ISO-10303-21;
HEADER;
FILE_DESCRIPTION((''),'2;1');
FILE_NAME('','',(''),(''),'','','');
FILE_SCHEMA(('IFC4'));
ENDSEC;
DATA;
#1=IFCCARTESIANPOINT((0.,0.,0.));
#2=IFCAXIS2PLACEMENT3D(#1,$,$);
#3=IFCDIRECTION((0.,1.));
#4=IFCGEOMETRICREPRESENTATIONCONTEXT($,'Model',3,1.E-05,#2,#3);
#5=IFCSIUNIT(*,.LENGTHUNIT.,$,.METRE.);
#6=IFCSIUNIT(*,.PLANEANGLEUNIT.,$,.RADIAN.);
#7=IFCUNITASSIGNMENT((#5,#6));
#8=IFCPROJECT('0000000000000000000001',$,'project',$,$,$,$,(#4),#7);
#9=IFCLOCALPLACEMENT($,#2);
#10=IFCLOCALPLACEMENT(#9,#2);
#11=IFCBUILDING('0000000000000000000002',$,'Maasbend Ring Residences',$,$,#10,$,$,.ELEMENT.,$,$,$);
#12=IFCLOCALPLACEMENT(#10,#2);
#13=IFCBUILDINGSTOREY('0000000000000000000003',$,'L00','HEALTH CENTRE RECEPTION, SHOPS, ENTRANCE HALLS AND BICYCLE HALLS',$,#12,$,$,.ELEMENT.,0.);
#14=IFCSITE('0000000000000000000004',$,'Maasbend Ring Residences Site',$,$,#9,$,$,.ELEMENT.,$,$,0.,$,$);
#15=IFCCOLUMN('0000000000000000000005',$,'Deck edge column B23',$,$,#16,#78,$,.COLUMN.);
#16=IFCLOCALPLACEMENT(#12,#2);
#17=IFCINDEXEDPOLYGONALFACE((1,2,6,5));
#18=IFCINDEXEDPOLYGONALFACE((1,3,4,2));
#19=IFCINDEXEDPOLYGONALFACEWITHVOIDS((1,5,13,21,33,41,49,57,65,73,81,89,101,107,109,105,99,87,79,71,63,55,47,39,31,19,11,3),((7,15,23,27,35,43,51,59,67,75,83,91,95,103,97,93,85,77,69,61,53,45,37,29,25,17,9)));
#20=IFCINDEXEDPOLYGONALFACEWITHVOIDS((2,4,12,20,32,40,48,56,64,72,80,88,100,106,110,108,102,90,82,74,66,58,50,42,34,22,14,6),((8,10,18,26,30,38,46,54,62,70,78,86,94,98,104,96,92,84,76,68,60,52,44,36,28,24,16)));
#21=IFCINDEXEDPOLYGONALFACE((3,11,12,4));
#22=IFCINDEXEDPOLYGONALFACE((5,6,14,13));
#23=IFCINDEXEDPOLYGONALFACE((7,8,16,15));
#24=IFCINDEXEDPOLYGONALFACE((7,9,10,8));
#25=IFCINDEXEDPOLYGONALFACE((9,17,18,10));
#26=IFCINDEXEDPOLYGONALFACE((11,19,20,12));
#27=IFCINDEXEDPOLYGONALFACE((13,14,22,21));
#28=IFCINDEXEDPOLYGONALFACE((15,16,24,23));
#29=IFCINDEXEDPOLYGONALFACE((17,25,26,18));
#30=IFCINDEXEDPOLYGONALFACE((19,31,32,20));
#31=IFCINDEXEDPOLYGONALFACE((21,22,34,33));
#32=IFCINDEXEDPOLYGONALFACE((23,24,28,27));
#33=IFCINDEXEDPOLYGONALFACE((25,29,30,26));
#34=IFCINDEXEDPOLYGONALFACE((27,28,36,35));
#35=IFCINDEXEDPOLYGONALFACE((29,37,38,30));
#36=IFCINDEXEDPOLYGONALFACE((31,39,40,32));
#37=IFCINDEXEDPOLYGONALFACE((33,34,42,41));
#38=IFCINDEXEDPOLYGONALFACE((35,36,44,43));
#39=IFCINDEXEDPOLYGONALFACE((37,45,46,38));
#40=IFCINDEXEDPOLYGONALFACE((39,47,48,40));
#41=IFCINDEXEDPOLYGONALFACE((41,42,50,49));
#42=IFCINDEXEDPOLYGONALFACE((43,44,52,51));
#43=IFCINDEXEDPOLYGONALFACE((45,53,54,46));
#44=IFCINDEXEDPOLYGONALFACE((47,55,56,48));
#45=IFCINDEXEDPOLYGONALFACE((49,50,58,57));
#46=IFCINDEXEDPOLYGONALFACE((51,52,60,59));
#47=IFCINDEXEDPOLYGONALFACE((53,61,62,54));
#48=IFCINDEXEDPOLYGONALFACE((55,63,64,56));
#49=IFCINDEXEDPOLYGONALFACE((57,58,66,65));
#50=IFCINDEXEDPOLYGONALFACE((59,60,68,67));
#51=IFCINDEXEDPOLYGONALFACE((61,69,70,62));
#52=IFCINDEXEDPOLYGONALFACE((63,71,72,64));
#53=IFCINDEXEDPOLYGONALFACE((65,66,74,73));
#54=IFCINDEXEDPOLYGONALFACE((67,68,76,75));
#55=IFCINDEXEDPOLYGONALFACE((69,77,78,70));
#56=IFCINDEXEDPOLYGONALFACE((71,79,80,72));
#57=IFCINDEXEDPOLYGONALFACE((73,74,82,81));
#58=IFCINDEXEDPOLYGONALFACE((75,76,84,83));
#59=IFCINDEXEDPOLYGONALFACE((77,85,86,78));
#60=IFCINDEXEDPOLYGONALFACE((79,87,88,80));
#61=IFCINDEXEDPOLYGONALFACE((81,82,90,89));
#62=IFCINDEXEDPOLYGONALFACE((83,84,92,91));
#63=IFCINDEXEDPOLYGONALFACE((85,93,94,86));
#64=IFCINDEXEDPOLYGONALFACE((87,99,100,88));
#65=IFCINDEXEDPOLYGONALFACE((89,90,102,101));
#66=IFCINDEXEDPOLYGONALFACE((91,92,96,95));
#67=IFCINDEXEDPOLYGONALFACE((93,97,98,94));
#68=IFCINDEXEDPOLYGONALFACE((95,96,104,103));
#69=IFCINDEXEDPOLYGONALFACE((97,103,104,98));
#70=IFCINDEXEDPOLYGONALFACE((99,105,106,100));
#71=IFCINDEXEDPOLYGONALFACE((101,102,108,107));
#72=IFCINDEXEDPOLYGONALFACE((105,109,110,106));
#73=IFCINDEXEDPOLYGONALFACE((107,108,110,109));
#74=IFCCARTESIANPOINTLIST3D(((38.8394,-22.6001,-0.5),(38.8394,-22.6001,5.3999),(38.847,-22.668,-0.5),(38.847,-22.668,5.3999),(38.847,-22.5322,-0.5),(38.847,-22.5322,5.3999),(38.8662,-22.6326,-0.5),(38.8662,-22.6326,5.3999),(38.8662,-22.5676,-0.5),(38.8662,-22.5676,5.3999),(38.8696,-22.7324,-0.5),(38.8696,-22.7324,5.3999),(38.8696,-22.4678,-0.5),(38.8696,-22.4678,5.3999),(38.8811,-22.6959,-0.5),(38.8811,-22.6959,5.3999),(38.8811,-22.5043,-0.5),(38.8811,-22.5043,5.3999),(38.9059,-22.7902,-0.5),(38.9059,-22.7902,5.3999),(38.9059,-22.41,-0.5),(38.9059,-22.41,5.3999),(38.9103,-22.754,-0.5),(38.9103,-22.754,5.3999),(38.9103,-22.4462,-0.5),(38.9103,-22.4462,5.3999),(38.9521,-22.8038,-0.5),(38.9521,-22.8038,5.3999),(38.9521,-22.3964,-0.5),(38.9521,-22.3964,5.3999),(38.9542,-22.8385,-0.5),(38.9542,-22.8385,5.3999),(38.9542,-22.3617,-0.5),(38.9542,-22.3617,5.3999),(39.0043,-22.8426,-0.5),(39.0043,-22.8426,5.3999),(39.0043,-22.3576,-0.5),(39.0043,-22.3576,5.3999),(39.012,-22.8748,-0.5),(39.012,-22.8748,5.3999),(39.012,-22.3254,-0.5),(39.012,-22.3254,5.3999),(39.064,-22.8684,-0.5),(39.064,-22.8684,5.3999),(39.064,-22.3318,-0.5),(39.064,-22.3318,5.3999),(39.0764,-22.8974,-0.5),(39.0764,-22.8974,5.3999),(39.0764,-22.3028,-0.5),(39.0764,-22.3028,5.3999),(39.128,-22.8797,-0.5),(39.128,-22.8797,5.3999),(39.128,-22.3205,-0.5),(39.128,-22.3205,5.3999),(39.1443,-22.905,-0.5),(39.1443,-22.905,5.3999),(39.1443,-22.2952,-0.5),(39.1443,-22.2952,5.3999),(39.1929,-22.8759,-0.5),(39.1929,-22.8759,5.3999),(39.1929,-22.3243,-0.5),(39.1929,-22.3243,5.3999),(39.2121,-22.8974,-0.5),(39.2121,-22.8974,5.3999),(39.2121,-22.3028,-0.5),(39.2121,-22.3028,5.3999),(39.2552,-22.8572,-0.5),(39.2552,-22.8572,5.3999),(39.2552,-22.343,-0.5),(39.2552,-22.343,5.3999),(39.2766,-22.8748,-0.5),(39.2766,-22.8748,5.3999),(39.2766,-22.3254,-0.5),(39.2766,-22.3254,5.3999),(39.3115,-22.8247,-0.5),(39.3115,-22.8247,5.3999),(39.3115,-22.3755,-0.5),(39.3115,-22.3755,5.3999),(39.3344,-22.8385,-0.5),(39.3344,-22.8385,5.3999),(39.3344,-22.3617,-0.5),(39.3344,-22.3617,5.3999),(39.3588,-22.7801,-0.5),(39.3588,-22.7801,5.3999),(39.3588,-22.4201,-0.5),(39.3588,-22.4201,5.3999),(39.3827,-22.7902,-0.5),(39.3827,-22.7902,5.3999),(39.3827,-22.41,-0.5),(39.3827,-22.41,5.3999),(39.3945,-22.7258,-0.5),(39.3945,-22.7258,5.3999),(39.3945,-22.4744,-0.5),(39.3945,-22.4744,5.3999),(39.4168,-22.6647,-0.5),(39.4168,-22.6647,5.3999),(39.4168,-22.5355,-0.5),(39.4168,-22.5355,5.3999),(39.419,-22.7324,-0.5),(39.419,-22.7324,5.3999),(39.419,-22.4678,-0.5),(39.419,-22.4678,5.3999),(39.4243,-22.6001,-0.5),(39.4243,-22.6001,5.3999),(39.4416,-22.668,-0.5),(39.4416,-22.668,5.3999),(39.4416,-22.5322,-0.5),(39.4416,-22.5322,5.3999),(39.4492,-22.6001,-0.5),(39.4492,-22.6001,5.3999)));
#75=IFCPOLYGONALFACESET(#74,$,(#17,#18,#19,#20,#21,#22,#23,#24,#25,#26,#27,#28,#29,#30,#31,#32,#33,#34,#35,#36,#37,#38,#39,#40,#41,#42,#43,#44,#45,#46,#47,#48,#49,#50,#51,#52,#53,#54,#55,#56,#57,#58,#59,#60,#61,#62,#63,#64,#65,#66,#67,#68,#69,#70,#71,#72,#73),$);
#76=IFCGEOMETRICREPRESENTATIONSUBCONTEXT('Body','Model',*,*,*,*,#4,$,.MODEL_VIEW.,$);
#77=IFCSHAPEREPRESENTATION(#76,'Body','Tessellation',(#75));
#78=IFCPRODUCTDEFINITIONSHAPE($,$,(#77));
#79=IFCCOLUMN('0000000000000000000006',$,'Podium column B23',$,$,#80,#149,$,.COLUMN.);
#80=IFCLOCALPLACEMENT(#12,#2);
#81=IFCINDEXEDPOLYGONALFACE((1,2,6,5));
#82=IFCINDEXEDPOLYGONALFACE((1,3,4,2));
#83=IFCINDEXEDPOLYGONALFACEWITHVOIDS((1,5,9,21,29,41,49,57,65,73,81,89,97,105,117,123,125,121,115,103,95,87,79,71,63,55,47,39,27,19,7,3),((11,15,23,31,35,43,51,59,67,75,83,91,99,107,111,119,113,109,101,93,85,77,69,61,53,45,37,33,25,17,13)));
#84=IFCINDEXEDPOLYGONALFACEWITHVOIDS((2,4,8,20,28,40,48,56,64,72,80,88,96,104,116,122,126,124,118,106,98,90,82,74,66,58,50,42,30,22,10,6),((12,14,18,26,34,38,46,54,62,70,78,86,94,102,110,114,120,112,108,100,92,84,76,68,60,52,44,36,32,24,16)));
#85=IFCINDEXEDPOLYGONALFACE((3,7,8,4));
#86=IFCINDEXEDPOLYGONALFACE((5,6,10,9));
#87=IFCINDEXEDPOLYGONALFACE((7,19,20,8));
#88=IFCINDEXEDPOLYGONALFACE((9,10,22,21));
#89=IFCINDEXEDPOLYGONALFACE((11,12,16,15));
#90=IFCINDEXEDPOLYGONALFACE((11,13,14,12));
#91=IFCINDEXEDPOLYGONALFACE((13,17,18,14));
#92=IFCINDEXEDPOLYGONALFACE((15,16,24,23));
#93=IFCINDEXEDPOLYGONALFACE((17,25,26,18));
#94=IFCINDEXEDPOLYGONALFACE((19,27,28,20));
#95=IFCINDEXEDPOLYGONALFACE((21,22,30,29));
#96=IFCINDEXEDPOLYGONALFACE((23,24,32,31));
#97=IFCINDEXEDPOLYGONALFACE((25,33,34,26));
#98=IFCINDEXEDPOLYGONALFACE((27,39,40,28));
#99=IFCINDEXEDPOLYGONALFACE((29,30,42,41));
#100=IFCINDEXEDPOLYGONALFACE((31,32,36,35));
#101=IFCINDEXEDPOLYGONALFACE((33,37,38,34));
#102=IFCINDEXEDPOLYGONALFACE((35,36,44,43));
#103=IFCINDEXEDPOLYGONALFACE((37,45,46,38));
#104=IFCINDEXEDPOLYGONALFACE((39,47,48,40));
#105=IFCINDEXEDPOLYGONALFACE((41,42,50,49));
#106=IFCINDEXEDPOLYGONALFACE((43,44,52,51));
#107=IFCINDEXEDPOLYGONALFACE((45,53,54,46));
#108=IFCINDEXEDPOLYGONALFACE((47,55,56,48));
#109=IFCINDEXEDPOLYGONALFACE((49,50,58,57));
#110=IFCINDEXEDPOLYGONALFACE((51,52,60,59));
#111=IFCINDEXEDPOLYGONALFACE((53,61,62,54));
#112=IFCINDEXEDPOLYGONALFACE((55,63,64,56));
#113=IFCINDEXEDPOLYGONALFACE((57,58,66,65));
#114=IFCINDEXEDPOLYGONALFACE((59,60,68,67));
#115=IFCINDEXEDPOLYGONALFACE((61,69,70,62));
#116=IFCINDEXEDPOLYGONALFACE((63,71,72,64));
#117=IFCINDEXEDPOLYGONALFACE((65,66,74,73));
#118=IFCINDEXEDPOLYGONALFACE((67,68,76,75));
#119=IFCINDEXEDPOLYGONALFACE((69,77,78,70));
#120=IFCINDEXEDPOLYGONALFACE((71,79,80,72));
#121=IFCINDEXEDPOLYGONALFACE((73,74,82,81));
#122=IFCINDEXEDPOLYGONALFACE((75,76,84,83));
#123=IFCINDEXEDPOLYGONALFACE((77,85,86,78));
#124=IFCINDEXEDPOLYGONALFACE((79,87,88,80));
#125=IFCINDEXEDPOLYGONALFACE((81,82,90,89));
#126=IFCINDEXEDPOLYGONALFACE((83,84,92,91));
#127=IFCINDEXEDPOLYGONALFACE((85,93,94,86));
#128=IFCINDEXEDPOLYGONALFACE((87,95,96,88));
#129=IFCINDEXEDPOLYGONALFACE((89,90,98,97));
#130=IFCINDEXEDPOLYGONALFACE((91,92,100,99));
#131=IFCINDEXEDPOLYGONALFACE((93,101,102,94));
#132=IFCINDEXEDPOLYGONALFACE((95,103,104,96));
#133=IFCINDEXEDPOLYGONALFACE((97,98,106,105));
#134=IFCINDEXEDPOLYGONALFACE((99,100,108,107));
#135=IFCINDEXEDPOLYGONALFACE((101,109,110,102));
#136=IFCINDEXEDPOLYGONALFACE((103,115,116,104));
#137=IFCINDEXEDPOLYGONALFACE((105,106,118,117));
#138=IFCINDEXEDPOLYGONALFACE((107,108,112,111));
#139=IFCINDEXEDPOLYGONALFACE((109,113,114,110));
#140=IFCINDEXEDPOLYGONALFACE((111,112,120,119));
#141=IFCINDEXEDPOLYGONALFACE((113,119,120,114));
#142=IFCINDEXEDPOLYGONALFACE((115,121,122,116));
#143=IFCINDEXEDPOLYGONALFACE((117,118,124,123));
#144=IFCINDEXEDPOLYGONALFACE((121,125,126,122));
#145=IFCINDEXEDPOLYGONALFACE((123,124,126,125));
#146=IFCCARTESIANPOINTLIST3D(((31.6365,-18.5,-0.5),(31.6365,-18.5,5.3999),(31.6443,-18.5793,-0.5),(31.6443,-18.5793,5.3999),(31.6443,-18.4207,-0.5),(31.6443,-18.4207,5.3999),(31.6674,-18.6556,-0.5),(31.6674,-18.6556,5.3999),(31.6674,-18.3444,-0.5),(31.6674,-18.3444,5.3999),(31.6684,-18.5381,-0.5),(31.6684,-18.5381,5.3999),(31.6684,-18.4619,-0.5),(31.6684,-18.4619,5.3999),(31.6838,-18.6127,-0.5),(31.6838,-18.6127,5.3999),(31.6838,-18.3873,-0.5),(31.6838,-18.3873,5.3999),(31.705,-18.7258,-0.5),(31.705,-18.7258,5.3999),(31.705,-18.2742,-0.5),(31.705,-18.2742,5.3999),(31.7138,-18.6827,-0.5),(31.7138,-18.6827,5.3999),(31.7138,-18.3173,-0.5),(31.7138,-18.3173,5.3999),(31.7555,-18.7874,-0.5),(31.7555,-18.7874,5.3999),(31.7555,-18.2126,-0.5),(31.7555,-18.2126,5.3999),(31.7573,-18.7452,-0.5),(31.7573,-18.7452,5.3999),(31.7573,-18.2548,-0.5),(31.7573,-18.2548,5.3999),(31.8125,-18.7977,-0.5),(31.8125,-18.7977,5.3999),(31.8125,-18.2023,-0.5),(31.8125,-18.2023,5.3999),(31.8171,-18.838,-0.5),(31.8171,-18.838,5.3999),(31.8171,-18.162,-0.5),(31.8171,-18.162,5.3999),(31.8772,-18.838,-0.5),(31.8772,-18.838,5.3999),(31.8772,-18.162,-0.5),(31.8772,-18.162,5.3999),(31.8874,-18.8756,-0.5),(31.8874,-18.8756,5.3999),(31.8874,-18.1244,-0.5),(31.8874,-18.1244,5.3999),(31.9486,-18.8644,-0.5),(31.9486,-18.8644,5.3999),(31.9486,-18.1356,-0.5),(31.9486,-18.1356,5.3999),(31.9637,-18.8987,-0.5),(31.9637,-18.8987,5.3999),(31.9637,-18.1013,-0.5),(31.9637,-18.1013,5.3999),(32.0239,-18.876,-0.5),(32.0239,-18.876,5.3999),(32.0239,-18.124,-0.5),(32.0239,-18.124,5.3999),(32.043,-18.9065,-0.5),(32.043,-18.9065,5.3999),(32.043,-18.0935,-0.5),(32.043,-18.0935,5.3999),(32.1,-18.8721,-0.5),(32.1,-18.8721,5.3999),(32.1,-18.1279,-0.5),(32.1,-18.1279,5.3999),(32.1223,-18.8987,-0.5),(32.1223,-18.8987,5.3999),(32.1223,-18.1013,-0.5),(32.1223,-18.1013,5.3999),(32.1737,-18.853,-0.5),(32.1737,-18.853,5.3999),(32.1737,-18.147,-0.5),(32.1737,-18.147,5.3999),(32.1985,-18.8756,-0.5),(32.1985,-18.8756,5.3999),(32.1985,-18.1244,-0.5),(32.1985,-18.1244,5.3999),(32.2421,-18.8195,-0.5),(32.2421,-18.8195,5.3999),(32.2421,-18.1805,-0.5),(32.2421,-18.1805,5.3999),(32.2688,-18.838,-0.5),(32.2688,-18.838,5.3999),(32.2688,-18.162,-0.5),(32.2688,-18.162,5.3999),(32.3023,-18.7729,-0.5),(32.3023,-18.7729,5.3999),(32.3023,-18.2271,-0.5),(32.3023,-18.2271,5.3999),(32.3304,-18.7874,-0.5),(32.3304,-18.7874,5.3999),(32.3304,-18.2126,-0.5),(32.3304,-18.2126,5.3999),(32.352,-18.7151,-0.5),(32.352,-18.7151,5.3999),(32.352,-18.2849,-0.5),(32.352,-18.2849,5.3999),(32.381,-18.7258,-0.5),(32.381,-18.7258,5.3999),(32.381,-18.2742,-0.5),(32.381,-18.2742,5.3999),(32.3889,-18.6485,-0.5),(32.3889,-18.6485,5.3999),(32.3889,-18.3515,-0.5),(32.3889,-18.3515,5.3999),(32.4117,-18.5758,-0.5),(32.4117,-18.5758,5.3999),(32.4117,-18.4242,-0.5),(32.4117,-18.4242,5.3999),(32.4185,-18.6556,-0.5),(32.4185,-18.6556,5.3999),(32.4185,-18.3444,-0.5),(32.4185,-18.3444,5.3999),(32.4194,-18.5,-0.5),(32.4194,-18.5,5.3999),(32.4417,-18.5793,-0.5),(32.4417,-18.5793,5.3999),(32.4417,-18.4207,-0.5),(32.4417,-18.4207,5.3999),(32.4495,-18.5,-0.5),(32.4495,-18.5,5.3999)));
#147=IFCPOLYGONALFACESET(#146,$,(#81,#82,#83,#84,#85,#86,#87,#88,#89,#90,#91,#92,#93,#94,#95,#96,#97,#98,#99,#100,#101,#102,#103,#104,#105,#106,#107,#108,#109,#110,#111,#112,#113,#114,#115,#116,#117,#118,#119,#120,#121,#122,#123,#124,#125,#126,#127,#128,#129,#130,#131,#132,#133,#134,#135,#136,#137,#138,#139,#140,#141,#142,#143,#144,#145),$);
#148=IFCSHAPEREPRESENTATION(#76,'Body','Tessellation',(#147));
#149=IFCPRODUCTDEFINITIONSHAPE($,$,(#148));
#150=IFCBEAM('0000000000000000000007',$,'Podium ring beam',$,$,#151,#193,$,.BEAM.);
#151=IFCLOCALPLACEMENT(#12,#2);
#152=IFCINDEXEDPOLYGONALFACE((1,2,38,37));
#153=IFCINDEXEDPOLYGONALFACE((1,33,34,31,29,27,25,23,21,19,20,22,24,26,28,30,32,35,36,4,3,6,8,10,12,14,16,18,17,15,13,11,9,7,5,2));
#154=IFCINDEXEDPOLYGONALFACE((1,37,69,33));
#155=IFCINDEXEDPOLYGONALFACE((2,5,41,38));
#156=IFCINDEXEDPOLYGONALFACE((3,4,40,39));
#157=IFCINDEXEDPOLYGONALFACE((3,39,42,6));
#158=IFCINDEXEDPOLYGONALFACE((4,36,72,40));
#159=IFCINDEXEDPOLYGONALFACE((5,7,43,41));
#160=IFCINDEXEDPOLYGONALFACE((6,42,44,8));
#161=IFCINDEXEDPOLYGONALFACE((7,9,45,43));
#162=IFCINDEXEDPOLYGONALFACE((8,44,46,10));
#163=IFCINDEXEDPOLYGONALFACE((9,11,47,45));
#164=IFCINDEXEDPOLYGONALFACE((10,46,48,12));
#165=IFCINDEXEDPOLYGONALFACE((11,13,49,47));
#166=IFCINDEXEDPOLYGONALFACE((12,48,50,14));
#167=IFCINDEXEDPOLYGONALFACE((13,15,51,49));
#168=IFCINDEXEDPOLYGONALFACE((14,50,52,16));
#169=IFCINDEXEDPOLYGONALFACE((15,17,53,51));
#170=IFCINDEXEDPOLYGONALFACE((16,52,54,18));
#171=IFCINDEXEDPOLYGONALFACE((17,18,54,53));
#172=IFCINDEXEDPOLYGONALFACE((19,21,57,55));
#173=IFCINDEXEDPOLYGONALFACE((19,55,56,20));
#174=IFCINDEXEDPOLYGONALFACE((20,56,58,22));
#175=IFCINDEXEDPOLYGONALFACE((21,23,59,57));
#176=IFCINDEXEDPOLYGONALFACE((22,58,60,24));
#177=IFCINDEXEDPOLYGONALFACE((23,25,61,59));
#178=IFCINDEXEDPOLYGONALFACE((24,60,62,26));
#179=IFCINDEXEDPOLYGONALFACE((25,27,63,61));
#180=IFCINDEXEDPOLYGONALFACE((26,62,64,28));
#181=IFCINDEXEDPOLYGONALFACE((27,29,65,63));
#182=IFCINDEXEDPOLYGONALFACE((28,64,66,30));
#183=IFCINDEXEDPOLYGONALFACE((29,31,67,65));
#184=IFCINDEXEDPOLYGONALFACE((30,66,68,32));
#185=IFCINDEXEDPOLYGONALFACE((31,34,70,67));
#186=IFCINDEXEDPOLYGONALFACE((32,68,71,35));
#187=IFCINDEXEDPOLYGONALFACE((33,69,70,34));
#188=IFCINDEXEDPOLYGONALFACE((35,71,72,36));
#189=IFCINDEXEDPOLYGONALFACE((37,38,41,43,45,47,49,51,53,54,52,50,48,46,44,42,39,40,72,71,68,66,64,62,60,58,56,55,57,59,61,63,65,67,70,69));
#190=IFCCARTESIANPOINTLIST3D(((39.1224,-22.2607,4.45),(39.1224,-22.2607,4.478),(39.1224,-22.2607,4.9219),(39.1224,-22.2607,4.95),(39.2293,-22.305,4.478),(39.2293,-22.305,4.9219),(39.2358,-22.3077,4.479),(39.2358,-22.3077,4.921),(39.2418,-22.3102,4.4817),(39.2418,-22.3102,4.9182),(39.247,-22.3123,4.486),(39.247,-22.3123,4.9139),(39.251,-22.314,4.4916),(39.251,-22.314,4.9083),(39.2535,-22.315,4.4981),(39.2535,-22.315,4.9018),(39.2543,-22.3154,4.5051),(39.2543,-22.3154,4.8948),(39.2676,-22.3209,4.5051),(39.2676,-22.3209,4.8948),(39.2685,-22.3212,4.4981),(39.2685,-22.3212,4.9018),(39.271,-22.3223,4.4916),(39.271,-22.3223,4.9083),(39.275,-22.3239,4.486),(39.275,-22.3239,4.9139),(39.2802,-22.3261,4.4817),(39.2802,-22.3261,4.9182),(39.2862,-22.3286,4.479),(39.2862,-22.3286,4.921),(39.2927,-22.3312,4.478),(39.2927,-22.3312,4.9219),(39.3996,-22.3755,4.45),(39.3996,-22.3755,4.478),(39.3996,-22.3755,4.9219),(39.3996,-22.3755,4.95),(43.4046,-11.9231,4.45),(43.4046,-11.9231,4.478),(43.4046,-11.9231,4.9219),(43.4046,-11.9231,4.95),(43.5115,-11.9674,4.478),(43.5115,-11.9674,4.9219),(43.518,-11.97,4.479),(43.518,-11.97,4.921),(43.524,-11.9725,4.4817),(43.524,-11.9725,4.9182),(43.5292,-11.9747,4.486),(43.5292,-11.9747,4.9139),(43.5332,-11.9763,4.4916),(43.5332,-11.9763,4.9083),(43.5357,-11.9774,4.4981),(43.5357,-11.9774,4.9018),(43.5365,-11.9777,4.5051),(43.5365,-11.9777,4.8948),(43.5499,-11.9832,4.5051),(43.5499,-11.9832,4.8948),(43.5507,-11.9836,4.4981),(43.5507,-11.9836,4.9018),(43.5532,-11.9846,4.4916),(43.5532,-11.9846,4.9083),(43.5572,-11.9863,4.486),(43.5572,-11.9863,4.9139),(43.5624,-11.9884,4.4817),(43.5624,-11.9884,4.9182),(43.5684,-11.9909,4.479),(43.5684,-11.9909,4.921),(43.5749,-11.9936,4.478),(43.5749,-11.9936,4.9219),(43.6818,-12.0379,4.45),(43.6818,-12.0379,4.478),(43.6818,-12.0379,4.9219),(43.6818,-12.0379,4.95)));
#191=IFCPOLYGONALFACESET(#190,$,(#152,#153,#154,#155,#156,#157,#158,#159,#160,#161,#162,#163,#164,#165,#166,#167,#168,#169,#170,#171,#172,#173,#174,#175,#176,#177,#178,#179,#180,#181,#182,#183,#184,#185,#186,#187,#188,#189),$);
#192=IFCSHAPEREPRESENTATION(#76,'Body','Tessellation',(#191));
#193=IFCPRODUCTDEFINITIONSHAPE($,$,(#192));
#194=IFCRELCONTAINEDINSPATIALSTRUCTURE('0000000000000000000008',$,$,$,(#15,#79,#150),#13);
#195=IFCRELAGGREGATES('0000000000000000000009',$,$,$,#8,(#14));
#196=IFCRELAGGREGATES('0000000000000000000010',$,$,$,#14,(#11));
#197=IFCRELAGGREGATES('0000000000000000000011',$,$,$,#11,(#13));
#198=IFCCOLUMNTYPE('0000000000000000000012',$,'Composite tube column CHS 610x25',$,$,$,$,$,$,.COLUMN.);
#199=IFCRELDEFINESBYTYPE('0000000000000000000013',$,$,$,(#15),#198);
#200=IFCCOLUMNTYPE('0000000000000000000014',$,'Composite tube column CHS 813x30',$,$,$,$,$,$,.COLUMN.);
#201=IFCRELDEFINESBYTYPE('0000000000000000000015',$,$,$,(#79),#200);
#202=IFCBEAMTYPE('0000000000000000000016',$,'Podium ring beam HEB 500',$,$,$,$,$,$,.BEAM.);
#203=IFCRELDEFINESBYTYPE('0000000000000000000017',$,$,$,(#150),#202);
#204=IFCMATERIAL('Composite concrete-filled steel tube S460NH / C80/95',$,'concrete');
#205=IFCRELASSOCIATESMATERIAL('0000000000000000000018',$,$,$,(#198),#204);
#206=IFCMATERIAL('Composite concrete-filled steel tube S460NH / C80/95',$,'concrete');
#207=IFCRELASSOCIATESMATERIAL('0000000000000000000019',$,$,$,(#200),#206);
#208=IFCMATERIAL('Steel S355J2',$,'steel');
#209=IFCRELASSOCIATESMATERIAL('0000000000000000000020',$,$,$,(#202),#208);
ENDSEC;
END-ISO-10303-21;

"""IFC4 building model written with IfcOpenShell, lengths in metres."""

from ifc_helpers import new_model, si_unit, direction, frame, origin, origin_2d, place, context, subcontext, project, spatial, hollow_circle, i_section, extrude, material, material_profile, profile_set, type_object, element, save


model = new_model("IFC4")

# Units and contexts
model_context = context("Model", 3, precision=1e-05, world=origin(), true_north=direction((0.0, 1.0)))
body_context = subcontext(model_context, "Body", "Model", "MODEL_VIEW")
ifc_project = project(units=[si_unit("LENGTHUNIT", "METRE"), si_unit("PLANEANGLEUNIT", "RADIAN")], contexts=[model_context])

# Site, building, storey
site_placement = place(None, origin())
site = spatial("IfcSite", under=ifc_project, at=site_placement, Name="Maasbend Ring Residences Site", CompositionType="ELEMENT", RefElevation=0.0)
building_placement = place(site_placement, origin())
building = spatial("IfcBuilding", under=site, at=building_placement, Name="Maasbend Ring Residences", CompositionType="ELEMENT")
storey_placement = place(building_placement, origin())
storey = spatial("IfcBuildingStorey", under=building, at=storey_placement, Name="L00", Description="HEALTH CENTRE RECEPTION, SHOPS, ENTRANCE HALLS AND BICYCLE HALLS", CompositionType="ELEMENT", Elevation=0.0)

# Columns
ifc_material_1 = material(Name="Composite concrete-filled steel tube S460NH / C80/95", Category="concrete")
ifc_material_profile_1 = material_profile(ifc_material_1, hollow_circle(Radius=0.3049, WallThickness=0.0249, at=origin_2d()), Name="Composite tube column CHS 610x25")
ifc_profile_set_1 = profile_set([ifc_material_profile_1], Name="Composite concrete-filled steel tube S460NH / C80/95")
column_type_1 = type_object("IfcColumnType", Name="Composite tube column CHS 610x25", PredefinedType="COLUMN", material=ifc_profile_set_1)
column_1_placement = place(storey_placement, frame((39.1443, -22.6001, -0.5), z_axis=(0.0, 0.0, 1.0), x_axis=(1.0, 0.0, 0.0)))
element("IfcColumn", 1, at=column_1_placement, inside=storey, type_object=column_type_1, Name="Deck edge column B23", PredefinedType="COLUMN", context=body_context, shape_type="SweptSolid", body=[
    extrude(hollow_circle(Radius=0.3049, WallThickness=0.0249, at=origin_2d()), origin(), (0.0, 0.0, 1.0), 5.8999),
])
ifc_material_2 = material(Name="Composite concrete-filled steel tube S460NH / C80/95", Category="concrete")
ifc_material_profile_2 = material_profile(ifc_material_2, hollow_circle(Radius=0.4065, WallThickness=0.03, at=origin_2d()), Name="Composite tube column CHS 813x30")
ifc_profile_set_2 = profile_set([ifc_material_profile_2], Name="Composite concrete-filled steel tube S460NH / C80/95")
column_type_2 = type_object("IfcColumnType", Name="Composite tube column CHS 813x30", PredefinedType="COLUMN", material=ifc_profile_set_2)
column_2_placement = place(storey_placement, frame((32.043, -18.5, -0.5), z_axis=(0.0, 0.0, 1.0), x_axis=(1.0, 0.0, 0.0)))
element("IfcColumn", 2, at=column_2_placement, inside=storey, type_object=column_type_2, Name="Podium column B23", PredefinedType="COLUMN", context=body_context, shape_type="SweptSolid", body=[
    extrude(hollow_circle(Radius=0.4065, WallThickness=0.03, at=origin_2d()), origin(), (0.0, 0.0, 1.0), 5.8999),
])

# Beam
ifc_material_3 = material(Name="Steel S355J2", Category="steel")
ifc_material_profile_3 = material_profile(ifc_material_3, i_section(OverallWidth=0.3, OverallDepth=0.5, WebThickness=0.0144, FlangeThickness=0.0281, FilletRadius=0.0271, at=origin_2d()), Name="HEB 500")
ifc_profile_set_3 = profile_set([ifc_material_profile_3], Name="Steel S355J2")
beam_type_1 = type_object("IfcBeamType", Name="Podium ring beam HEB 500", PredefinedType="BEAM", material=ifc_profile_set_3)
beam_1_placement = place(storey_placement, frame((39.261, -22.3181, 4.7), z_axis=(0.382701, 0.923872, 0.0), x_axis=(-0.923872, 0.382701, 0.0)))
element("IfcBeam", 3, at=beam_1_placement, inside=storey, type_object=beam_type_1, Name="Podium ring beam", PredefinedType="BEAM", context=body_context, shape_type="SweptSolid", body=[
    extrude(i_section(OverallWidth=0.3, OverallDepth=0.5, WebThickness=0.0144, FlangeThickness=0.0281, FilletRadius=0.0271, at=origin_2d()), origin(), (0.0, 0.0, 1.0), 11.1895),
])

save(model, "model.ifc")
